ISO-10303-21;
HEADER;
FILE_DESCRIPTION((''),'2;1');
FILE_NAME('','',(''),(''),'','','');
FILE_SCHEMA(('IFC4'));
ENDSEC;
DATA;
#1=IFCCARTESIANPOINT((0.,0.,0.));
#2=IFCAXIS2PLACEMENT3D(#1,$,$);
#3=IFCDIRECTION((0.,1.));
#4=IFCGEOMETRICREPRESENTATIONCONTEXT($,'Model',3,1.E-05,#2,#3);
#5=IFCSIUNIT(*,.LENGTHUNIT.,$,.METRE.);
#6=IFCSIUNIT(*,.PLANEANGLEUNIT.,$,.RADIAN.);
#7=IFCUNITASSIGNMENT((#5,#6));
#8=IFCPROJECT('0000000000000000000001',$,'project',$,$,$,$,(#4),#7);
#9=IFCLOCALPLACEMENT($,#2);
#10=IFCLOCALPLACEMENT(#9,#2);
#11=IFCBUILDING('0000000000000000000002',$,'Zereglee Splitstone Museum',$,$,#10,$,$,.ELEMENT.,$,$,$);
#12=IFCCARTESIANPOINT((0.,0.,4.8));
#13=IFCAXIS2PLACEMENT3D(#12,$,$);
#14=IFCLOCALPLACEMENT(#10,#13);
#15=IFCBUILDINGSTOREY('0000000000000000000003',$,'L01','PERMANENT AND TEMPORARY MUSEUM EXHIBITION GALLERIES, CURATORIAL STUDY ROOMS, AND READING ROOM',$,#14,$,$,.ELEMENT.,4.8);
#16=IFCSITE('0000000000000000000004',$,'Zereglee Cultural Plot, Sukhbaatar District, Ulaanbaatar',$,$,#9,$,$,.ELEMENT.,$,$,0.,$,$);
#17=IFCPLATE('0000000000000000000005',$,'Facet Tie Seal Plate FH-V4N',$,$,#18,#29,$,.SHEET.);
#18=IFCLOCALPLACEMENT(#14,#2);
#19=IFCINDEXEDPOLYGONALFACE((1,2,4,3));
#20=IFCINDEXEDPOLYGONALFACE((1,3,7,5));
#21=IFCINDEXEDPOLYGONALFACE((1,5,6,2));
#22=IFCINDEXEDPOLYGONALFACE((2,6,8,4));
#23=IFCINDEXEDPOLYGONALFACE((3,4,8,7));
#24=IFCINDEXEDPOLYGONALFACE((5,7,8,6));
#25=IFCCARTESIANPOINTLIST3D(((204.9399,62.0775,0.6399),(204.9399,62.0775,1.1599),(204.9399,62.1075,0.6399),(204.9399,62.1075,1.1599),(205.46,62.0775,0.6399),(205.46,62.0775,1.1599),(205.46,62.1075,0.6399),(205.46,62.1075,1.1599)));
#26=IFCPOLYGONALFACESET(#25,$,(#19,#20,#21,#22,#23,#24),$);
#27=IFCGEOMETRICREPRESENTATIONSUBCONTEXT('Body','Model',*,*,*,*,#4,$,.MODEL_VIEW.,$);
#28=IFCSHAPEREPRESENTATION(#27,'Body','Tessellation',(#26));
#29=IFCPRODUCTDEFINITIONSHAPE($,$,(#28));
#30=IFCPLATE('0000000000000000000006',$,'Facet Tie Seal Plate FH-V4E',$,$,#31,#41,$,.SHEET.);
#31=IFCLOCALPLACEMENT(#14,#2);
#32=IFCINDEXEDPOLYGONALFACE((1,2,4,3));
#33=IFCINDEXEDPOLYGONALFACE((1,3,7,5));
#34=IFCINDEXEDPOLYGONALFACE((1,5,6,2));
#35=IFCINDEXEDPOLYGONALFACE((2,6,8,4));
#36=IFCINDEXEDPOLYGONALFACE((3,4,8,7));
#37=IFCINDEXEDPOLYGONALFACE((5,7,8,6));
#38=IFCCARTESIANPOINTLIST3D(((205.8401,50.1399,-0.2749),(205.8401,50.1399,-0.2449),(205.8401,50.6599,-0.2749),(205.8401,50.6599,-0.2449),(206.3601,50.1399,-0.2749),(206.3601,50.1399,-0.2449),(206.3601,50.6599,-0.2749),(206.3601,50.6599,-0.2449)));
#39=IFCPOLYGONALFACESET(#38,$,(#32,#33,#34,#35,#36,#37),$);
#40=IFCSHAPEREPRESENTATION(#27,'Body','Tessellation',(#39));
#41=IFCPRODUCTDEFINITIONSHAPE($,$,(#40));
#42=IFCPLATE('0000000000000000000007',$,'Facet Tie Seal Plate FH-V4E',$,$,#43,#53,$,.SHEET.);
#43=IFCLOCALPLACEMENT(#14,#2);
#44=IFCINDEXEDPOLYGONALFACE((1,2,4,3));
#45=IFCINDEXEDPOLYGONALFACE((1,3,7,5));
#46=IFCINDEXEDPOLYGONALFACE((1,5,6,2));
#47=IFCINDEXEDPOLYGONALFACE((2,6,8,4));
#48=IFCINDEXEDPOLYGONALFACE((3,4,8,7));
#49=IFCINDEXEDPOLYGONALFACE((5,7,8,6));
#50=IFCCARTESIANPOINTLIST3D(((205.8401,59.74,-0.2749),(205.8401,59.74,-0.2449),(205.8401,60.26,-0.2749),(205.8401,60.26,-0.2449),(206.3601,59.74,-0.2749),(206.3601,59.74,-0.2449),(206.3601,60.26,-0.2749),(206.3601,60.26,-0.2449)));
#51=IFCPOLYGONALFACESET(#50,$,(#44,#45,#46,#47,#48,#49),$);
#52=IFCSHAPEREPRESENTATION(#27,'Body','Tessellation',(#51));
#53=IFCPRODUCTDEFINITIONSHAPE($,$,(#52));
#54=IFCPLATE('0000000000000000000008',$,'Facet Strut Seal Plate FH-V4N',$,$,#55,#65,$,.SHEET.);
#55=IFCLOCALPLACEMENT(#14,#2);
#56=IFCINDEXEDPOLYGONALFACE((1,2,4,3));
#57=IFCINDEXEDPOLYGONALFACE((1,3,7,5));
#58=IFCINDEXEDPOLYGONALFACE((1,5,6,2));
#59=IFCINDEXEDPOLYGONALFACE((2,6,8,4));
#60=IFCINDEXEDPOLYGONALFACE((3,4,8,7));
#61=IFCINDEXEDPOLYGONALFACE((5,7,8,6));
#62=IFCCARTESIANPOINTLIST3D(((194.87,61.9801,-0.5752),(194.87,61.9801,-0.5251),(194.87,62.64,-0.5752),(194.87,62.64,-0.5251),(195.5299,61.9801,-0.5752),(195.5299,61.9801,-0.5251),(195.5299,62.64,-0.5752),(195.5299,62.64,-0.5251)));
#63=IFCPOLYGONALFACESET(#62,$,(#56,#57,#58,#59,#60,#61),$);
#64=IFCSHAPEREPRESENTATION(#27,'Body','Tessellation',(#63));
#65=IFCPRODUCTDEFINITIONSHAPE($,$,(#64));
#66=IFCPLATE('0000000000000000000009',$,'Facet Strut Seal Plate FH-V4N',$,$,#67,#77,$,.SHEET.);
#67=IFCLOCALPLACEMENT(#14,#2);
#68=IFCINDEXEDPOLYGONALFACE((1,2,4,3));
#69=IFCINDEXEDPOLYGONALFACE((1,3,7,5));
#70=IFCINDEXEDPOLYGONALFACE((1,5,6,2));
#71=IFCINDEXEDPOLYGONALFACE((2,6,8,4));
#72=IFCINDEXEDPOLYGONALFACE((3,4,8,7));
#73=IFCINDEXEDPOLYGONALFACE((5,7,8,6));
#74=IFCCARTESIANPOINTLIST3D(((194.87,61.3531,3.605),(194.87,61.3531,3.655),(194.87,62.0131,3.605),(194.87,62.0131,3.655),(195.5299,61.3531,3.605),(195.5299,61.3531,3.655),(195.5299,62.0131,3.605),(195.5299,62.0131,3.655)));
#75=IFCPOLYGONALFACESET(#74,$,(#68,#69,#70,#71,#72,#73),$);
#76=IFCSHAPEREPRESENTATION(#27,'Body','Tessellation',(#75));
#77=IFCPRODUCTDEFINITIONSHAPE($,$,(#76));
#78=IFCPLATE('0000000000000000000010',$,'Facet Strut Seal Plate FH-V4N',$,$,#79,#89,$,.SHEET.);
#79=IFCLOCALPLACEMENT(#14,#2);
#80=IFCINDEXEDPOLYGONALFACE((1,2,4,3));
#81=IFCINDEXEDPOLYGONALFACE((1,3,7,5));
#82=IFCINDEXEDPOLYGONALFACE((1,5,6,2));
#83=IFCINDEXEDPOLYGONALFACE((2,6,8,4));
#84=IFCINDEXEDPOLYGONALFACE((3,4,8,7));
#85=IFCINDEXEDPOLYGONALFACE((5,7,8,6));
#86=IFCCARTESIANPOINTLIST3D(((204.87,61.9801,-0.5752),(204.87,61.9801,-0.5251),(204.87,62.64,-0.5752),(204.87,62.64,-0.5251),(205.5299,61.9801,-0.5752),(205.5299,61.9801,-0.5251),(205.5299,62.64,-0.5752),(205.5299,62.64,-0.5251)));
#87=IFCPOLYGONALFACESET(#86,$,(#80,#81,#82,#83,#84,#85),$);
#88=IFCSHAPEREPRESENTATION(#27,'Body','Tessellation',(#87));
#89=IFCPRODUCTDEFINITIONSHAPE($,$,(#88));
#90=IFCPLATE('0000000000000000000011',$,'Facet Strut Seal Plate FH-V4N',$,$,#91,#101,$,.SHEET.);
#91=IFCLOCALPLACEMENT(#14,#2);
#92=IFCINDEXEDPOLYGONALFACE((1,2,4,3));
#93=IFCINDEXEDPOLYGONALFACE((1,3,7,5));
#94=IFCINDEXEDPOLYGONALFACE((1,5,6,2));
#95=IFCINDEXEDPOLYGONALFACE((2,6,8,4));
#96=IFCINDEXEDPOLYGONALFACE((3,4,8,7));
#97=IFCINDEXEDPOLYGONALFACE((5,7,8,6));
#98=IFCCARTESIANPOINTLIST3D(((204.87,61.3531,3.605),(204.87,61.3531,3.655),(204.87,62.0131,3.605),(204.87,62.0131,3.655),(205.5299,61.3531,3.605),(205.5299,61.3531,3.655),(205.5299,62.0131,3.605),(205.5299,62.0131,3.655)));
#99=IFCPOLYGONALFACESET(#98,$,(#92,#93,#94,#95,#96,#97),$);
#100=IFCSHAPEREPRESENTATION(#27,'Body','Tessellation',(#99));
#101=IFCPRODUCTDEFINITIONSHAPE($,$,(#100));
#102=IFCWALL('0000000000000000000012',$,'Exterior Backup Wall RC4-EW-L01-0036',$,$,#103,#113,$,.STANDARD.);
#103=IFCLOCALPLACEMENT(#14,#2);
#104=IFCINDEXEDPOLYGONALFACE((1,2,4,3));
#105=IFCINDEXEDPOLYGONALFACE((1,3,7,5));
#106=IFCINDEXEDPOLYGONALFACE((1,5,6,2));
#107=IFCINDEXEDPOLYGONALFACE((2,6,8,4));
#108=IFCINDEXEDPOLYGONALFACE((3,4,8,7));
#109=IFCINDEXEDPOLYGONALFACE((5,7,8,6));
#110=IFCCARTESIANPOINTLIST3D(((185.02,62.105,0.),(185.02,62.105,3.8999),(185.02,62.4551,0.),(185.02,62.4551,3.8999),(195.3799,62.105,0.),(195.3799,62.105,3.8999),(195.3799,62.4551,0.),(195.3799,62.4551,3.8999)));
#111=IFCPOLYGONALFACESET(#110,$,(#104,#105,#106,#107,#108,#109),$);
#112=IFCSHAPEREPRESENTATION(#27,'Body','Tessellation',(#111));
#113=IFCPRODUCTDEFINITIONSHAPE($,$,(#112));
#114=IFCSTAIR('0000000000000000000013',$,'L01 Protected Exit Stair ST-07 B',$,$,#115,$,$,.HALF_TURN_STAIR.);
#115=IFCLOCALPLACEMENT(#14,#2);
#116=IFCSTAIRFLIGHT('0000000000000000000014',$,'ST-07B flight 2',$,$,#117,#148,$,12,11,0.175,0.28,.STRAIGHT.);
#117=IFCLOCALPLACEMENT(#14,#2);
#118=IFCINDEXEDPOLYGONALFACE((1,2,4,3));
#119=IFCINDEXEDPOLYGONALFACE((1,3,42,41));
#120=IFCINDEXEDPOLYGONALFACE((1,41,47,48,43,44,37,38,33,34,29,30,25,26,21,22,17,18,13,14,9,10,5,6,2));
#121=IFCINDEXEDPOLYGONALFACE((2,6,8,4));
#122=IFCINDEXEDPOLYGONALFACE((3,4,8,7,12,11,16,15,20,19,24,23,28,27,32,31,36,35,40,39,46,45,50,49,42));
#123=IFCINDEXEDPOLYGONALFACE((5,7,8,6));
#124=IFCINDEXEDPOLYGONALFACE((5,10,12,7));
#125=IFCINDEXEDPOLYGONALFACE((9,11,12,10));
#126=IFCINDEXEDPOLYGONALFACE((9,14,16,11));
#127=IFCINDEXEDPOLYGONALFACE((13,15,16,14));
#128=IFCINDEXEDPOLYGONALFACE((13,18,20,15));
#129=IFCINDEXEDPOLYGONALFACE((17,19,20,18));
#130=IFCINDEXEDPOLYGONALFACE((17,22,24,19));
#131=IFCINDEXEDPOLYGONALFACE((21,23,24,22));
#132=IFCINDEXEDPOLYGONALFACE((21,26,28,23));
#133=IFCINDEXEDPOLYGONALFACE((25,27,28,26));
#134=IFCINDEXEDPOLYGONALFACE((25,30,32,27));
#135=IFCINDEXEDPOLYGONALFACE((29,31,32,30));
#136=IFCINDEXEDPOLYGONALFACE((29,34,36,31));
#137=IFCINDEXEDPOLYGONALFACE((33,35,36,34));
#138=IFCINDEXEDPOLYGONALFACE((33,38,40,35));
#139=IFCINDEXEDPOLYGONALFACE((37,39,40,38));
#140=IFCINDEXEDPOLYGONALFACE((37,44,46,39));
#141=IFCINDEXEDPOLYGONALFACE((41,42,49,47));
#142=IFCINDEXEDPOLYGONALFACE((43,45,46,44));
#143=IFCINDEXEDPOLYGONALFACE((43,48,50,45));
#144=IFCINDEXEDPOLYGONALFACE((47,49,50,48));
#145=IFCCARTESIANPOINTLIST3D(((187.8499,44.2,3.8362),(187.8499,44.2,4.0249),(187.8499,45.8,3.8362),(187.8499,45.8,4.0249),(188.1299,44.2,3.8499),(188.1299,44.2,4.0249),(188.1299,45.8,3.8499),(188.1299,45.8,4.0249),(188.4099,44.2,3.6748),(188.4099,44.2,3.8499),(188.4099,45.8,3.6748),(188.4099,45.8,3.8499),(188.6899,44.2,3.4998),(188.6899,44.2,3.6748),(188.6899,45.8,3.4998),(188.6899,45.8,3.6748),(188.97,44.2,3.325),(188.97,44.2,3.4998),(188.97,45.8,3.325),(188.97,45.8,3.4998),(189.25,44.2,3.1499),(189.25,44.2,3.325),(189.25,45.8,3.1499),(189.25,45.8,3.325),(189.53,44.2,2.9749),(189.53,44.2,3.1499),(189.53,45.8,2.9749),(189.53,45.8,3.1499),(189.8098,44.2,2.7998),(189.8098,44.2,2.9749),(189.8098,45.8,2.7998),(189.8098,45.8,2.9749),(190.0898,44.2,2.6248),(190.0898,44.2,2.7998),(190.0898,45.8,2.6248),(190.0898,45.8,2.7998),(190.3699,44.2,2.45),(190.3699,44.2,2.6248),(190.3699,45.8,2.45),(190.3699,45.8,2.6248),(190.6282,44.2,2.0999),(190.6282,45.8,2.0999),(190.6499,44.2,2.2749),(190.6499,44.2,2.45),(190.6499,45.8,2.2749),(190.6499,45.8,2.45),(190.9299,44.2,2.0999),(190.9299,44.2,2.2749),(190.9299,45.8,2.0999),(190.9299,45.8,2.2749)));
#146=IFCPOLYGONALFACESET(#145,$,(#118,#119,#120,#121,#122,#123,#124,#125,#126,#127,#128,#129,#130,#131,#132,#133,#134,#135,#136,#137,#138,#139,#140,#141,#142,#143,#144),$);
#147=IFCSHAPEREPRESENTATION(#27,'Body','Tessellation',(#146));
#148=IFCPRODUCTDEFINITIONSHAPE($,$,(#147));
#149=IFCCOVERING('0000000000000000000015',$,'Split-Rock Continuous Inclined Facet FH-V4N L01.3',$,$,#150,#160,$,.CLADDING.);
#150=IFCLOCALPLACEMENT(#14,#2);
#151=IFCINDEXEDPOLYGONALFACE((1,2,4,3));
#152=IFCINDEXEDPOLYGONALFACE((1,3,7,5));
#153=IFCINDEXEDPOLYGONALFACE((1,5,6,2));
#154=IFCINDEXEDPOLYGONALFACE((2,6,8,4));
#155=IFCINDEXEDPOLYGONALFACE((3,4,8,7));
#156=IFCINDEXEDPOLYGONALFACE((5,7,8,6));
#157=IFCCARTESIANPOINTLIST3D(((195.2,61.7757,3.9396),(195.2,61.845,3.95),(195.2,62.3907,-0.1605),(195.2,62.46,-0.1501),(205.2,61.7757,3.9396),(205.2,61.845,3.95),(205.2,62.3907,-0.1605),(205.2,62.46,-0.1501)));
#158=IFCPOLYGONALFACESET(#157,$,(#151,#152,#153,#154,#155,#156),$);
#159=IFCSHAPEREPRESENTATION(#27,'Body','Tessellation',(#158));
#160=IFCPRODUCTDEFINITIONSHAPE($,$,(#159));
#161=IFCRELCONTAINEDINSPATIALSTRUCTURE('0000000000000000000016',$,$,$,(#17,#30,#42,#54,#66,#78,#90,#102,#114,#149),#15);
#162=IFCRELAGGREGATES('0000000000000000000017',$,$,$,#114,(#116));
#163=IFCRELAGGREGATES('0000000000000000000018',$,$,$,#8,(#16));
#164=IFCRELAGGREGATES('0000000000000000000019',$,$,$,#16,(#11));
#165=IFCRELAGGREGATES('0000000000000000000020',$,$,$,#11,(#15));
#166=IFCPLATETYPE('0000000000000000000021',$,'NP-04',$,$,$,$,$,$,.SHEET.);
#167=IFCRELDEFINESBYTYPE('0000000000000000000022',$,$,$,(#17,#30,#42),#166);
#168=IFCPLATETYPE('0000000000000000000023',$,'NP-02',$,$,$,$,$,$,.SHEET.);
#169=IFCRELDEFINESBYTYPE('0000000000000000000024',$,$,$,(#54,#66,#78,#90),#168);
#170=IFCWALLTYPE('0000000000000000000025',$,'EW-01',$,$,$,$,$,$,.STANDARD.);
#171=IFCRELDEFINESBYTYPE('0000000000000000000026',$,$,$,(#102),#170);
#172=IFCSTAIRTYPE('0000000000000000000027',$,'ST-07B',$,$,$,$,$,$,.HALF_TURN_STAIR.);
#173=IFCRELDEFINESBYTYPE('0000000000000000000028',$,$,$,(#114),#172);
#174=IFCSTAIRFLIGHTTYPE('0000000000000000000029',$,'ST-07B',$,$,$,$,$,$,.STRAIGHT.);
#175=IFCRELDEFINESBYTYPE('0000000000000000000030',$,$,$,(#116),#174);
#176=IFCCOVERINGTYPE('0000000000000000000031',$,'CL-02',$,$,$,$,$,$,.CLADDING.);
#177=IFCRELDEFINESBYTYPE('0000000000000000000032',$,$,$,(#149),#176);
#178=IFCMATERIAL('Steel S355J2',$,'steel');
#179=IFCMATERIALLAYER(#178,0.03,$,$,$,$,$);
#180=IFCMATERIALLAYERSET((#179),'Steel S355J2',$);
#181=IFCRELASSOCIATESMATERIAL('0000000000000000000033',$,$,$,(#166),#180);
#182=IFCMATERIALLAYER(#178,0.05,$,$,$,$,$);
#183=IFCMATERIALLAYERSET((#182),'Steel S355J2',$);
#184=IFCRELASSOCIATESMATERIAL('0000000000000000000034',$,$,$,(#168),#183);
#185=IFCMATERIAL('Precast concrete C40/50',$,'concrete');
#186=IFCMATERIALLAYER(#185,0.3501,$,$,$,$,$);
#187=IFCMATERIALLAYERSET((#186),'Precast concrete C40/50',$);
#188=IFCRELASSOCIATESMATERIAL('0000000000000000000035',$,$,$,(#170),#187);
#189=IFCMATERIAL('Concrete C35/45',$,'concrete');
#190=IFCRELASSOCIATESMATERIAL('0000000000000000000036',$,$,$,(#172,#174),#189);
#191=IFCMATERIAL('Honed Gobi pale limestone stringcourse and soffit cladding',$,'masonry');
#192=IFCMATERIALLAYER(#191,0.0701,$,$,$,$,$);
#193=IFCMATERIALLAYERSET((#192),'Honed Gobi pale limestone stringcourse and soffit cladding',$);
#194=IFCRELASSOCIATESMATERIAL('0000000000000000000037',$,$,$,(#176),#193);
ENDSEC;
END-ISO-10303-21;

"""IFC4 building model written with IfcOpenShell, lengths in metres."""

from ifc_helpers import new_model, si_unit, direction, frame, frame_2d, origin, origin_2d, place, context, subcontext, project, spatial, polyline, rectangle, outline, extrude, material, layer, layer_set, type_object, element, aggregate, save


model = new_model("IFC4")

# Units and contexts
model_context = context("Model", 3, precision=1e-05, world=origin(), true_north=direction((0.0, 1.0)))
body_context = subcontext(model_context, "Body", "Model", "MODEL_VIEW")
ifc_project = project(units=[si_unit("LENGTHUNIT", "METRE"), si_unit("PLANEANGLEUNIT", "RADIAN")], contexts=[model_context])

# Site, building, storey
site_placement = place(None, origin())
site = spatial("IfcSite", under=ifc_project, at=site_placement, Name="Zereglee Cultural Plot, Sukhbaatar District, Ulaanbaatar", CompositionType="ELEMENT", RefElevation=0.0)
building_placement = place(site_placement, origin())
building = spatial("IfcBuilding", under=site, at=building_placement, Name="Zereglee Splitstone Museum", CompositionType="ELEMENT")
storey_placement = place(building_placement, frame((0.0, 0.0, 4.8)))
storey = spatial("IfcBuildingStorey", under=building, at=storey_placement, Name="L01", Description="PERMANENT AND TEMPORARY MUSEUM EXHIBITION GALLERIES, CURATORIAL STUDY ROOMS, AND READING ROOM", CompositionType="ELEMENT", Elevation=4.8)

# Shared definitions
ifc_material_1 = material(Name="Steel S355J2", Category="steel")

# Plates
ifc_layer_1 = layer(ifc_material_1, 0.03)
ifc_layer_set_1 = layer_set([ifc_layer_1], Name="Steel S355J2")
plate_type_1 = type_object("IfcPlateType", Name="NP-04", PredefinedType="SHEET", material=ifc_layer_set_1)
plate_1_placement = place(storey_placement, frame((205.2, 62.0925, 0.6399), z_axis=(0.0, 0.0, 1.0), x_axis=(1.0, 0.0, 0.0)))
element("IfcPlate", 1, at=plate_1_placement, inside=storey, type_object=plate_type_1, Name="Facet Tie Seal Plate FH-V4N", PredefinedType="SHEET", context=body_context, shape_type="SweptSolid", body=[
    extrude(rectangle(XDim=0.52, YDim=0.03, at=origin_2d()), origin(), (0.0, 0.0, 1.0), 0.52),
])
for number, where, z_axis, x_axis, name in (
    (2, (206.1001, 50.3999, -0.2749), (0.0, 0.0, 1.0), (1.0, 0.0, 0.0), "Facet Tie Seal Plate FH-V4E"),
    (3, (206.1001, 60.0, -0.2749), (0.0, 0.0, 1.0), (1.0, 0.0, 0.0), "Facet Tie Seal Plate FH-V4E"),
):
    element("IfcPlate", number, at=place(storey_placement, frame(where, z_axis=z_axis, x_axis=x_axis)), inside=storey, type_object=plate_type_1, Name=name, PredefinedType="SHEET", context=body_context, shape_type="SweptSolid", body=[
        extrude(rectangle(XDim=0.52, YDim=0.52, at=origin_2d()), origin(), (0.0, 0.0, 1.0), 0.03),
    ])
ifc_layer_2 = layer(ifc_material_1, 0.05)
ifc_layer_set_2 = layer_set([ifc_layer_2], Name="Steel S355J2")
plate_type_2 = type_object("IfcPlateType", Name="NP-02", PredefinedType="SHEET", material=ifc_layer_set_2)
for number, where, z_axis, x_axis, name in (
    (4, (195.2, 62.3101, -0.5752), (0.0, 0.0, 1.0), (1.0, 0.0, 0.0), "Facet Strut Seal Plate FH-V4N"),
    (5, (195.2, 61.6831, 3.605), (0.0, 0.0, 1.0), (1.0, 0.0, 0.0), "Facet Strut Seal Plate FH-V4N"),
    (6, (205.2, 62.3101, -0.5752), (0.0, 0.0, 1.0), (1.0, 0.0, 0.0), "Facet Strut Seal Plate FH-V4N"),
    (7, (205.2, 61.6831, 3.605), (0.0, 0.0, 1.0), (1.0, 0.0, 0.0), "Facet Strut Seal Plate FH-V4N"),
):
    element("IfcPlate", number, at=place(storey_placement, frame(where, z_axis=z_axis, x_axis=x_axis)), inside=storey, type_object=plate_type_2, Name=name, PredefinedType="SHEET", context=body_context, shape_type="SweptSolid", body=[
        extrude(rectangle(XDim=0.6599, YDim=0.6599, at=origin_2d()), origin(), (0.0, 0.0, 1.0), 0.05),
    ])

# Wall
ifc_material_2 = material(Name="Precast concrete C40/50", Category="concrete")
ifc_layer_3 = layer(ifc_material_2, 0.3501)
ifc_layer_set_3 = layer_set([ifc_layer_3], Name="Precast concrete C40/50")
wall_type = type_object("IfcWallType", Name="EW-01", PredefinedType="STANDARD", material=ifc_layer_set_3)
wall_placement = place(storey_placement, frame((195.3799, 62.28, 0.0), z_axis=(0.0, 0.0, 1.0), x_axis=(-1.0, 0.0, 0.0)))
element("IfcWall", 8, at=wall_placement, inside=storey, type_object=wall_type, Name="Exterior Backup Wall RC4-EW-L01-0036", PredefinedType="STANDARD", context=body_context, shape_type="SweptSolid", body=[
    extrude(rectangle(XDim=10.3599, YDim=0.3501, at=frame_2d((5.1799, 0.0))), origin(), (0.0, 0.0, 1.0), 3.8999),
])

# Stair, stair flight
ifc_material_3 = material(Name="Concrete C35/45", Category="concrete")
stair_type = type_object("IfcStairType", Name="ST-07B", PredefinedType="HALF_TURN_STAIR", material=ifc_material_3)
stair_placement = place(storey_placement, origin())
stair = element("IfcStair", 9, at=stair_placement, inside=storey, type_object=stair_type, Name="L01 Protected Exit Stair ST-07 B", PredefinedType="HALF_TURN_STAIR")
stair_flight_type = type_object("IfcStairFlightType", Name="ST-07B", PredefinedType="STRAIGHT", material=ifc_material_3)
stair_flight_placement = place(storey_placement, frame((190.9299, 45.0, 2.0999), z_axis=(0.0, 0.0, 1.0), x_axis=(-1.0, 0.0, 0.0)))
stair_flight = element("IfcStairFlight", 10, at=stair_flight_placement, type_object=stair_flight_type, Name="ST-07B flight 2", NumberOfRisers=12, NumberOfTreads=11, PredefinedType="STRAIGHT", RiserHeight=0.175, TreadLength=0.28, context=body_context, shape_type="SweptSolid", body=[
    extrude(outline(polyline([(0.0, 0.0), (0.0, 0.175), (0.28, 0.175), (0.28, 0.3501), (0.5601, 0.3501), (0.5601, 0.5249), (0.8401, 0.5249), (0.8401, 0.7), (1.1201, 0.7), (1.1201, 0.875), (1.3999, 0.875), (1.3999, 1.05), (1.6799, 1.05), (1.6799, 1.2251), (1.96, 1.2251), (1.96, 1.3999), (2.24, 1.3999), (2.24, 1.575), (2.52, 1.575), (2.52, 1.75), (2.8, 1.75), (2.8, 1.925), (3.0801, 1.925), (3.0801, 2.1001), (3.0801, 1.7363), (0.3018, 0.0), (0.0, 0.0)])), frame((0.0, 0.8, 0.0), z_axis=(0.0, -1.0, 0.0), x_axis=(1.0, 0.0, 0.0)), (0.0, 0.0, 1.0), 1.6001),
])
aggregate(stair, [stair_flight])

# Covering
ifc_material_4 = material(Name="Honed Gobi pale limestone stringcourse and soffit cladding", Category="masonry")
ifc_layer_4 = layer(ifc_material_4, 0.0701)
ifc_layer_set_4 = layer_set([ifc_layer_4], Name="Honed Gobi pale limestone stringcourse and soffit cladding")
covering_type = type_object("IfcCoveringType", Name="CL-02", PredefinedType="CLADDING", material=ifc_layer_set_4)
covering_placement = place(storey_placement, frame((195.2, 61.845, 3.95), z_axis=(0.0, 0.988937, 0.148335), x_axis=(1.0, 0.0, 0.0)))
element("IfcCovering", 11, at=covering_placement, inside=storey, type_object=covering_type, Name="Split-Rock Continuous Inclined Facet FH-V4N L01.3", PredefinedType="CLADDING", context=body_context, shape_type="SweptSolid", body=[
    extrude(outline(polyline([(0.0, 0.0), (10.0, 0.0), (10.0, 4.146), (0.0, 4.146), (0.0, 0.0)])), origin(), (0.0, 0.0, -1.0), 0.0701),
])

save(model, "model.ifc")
